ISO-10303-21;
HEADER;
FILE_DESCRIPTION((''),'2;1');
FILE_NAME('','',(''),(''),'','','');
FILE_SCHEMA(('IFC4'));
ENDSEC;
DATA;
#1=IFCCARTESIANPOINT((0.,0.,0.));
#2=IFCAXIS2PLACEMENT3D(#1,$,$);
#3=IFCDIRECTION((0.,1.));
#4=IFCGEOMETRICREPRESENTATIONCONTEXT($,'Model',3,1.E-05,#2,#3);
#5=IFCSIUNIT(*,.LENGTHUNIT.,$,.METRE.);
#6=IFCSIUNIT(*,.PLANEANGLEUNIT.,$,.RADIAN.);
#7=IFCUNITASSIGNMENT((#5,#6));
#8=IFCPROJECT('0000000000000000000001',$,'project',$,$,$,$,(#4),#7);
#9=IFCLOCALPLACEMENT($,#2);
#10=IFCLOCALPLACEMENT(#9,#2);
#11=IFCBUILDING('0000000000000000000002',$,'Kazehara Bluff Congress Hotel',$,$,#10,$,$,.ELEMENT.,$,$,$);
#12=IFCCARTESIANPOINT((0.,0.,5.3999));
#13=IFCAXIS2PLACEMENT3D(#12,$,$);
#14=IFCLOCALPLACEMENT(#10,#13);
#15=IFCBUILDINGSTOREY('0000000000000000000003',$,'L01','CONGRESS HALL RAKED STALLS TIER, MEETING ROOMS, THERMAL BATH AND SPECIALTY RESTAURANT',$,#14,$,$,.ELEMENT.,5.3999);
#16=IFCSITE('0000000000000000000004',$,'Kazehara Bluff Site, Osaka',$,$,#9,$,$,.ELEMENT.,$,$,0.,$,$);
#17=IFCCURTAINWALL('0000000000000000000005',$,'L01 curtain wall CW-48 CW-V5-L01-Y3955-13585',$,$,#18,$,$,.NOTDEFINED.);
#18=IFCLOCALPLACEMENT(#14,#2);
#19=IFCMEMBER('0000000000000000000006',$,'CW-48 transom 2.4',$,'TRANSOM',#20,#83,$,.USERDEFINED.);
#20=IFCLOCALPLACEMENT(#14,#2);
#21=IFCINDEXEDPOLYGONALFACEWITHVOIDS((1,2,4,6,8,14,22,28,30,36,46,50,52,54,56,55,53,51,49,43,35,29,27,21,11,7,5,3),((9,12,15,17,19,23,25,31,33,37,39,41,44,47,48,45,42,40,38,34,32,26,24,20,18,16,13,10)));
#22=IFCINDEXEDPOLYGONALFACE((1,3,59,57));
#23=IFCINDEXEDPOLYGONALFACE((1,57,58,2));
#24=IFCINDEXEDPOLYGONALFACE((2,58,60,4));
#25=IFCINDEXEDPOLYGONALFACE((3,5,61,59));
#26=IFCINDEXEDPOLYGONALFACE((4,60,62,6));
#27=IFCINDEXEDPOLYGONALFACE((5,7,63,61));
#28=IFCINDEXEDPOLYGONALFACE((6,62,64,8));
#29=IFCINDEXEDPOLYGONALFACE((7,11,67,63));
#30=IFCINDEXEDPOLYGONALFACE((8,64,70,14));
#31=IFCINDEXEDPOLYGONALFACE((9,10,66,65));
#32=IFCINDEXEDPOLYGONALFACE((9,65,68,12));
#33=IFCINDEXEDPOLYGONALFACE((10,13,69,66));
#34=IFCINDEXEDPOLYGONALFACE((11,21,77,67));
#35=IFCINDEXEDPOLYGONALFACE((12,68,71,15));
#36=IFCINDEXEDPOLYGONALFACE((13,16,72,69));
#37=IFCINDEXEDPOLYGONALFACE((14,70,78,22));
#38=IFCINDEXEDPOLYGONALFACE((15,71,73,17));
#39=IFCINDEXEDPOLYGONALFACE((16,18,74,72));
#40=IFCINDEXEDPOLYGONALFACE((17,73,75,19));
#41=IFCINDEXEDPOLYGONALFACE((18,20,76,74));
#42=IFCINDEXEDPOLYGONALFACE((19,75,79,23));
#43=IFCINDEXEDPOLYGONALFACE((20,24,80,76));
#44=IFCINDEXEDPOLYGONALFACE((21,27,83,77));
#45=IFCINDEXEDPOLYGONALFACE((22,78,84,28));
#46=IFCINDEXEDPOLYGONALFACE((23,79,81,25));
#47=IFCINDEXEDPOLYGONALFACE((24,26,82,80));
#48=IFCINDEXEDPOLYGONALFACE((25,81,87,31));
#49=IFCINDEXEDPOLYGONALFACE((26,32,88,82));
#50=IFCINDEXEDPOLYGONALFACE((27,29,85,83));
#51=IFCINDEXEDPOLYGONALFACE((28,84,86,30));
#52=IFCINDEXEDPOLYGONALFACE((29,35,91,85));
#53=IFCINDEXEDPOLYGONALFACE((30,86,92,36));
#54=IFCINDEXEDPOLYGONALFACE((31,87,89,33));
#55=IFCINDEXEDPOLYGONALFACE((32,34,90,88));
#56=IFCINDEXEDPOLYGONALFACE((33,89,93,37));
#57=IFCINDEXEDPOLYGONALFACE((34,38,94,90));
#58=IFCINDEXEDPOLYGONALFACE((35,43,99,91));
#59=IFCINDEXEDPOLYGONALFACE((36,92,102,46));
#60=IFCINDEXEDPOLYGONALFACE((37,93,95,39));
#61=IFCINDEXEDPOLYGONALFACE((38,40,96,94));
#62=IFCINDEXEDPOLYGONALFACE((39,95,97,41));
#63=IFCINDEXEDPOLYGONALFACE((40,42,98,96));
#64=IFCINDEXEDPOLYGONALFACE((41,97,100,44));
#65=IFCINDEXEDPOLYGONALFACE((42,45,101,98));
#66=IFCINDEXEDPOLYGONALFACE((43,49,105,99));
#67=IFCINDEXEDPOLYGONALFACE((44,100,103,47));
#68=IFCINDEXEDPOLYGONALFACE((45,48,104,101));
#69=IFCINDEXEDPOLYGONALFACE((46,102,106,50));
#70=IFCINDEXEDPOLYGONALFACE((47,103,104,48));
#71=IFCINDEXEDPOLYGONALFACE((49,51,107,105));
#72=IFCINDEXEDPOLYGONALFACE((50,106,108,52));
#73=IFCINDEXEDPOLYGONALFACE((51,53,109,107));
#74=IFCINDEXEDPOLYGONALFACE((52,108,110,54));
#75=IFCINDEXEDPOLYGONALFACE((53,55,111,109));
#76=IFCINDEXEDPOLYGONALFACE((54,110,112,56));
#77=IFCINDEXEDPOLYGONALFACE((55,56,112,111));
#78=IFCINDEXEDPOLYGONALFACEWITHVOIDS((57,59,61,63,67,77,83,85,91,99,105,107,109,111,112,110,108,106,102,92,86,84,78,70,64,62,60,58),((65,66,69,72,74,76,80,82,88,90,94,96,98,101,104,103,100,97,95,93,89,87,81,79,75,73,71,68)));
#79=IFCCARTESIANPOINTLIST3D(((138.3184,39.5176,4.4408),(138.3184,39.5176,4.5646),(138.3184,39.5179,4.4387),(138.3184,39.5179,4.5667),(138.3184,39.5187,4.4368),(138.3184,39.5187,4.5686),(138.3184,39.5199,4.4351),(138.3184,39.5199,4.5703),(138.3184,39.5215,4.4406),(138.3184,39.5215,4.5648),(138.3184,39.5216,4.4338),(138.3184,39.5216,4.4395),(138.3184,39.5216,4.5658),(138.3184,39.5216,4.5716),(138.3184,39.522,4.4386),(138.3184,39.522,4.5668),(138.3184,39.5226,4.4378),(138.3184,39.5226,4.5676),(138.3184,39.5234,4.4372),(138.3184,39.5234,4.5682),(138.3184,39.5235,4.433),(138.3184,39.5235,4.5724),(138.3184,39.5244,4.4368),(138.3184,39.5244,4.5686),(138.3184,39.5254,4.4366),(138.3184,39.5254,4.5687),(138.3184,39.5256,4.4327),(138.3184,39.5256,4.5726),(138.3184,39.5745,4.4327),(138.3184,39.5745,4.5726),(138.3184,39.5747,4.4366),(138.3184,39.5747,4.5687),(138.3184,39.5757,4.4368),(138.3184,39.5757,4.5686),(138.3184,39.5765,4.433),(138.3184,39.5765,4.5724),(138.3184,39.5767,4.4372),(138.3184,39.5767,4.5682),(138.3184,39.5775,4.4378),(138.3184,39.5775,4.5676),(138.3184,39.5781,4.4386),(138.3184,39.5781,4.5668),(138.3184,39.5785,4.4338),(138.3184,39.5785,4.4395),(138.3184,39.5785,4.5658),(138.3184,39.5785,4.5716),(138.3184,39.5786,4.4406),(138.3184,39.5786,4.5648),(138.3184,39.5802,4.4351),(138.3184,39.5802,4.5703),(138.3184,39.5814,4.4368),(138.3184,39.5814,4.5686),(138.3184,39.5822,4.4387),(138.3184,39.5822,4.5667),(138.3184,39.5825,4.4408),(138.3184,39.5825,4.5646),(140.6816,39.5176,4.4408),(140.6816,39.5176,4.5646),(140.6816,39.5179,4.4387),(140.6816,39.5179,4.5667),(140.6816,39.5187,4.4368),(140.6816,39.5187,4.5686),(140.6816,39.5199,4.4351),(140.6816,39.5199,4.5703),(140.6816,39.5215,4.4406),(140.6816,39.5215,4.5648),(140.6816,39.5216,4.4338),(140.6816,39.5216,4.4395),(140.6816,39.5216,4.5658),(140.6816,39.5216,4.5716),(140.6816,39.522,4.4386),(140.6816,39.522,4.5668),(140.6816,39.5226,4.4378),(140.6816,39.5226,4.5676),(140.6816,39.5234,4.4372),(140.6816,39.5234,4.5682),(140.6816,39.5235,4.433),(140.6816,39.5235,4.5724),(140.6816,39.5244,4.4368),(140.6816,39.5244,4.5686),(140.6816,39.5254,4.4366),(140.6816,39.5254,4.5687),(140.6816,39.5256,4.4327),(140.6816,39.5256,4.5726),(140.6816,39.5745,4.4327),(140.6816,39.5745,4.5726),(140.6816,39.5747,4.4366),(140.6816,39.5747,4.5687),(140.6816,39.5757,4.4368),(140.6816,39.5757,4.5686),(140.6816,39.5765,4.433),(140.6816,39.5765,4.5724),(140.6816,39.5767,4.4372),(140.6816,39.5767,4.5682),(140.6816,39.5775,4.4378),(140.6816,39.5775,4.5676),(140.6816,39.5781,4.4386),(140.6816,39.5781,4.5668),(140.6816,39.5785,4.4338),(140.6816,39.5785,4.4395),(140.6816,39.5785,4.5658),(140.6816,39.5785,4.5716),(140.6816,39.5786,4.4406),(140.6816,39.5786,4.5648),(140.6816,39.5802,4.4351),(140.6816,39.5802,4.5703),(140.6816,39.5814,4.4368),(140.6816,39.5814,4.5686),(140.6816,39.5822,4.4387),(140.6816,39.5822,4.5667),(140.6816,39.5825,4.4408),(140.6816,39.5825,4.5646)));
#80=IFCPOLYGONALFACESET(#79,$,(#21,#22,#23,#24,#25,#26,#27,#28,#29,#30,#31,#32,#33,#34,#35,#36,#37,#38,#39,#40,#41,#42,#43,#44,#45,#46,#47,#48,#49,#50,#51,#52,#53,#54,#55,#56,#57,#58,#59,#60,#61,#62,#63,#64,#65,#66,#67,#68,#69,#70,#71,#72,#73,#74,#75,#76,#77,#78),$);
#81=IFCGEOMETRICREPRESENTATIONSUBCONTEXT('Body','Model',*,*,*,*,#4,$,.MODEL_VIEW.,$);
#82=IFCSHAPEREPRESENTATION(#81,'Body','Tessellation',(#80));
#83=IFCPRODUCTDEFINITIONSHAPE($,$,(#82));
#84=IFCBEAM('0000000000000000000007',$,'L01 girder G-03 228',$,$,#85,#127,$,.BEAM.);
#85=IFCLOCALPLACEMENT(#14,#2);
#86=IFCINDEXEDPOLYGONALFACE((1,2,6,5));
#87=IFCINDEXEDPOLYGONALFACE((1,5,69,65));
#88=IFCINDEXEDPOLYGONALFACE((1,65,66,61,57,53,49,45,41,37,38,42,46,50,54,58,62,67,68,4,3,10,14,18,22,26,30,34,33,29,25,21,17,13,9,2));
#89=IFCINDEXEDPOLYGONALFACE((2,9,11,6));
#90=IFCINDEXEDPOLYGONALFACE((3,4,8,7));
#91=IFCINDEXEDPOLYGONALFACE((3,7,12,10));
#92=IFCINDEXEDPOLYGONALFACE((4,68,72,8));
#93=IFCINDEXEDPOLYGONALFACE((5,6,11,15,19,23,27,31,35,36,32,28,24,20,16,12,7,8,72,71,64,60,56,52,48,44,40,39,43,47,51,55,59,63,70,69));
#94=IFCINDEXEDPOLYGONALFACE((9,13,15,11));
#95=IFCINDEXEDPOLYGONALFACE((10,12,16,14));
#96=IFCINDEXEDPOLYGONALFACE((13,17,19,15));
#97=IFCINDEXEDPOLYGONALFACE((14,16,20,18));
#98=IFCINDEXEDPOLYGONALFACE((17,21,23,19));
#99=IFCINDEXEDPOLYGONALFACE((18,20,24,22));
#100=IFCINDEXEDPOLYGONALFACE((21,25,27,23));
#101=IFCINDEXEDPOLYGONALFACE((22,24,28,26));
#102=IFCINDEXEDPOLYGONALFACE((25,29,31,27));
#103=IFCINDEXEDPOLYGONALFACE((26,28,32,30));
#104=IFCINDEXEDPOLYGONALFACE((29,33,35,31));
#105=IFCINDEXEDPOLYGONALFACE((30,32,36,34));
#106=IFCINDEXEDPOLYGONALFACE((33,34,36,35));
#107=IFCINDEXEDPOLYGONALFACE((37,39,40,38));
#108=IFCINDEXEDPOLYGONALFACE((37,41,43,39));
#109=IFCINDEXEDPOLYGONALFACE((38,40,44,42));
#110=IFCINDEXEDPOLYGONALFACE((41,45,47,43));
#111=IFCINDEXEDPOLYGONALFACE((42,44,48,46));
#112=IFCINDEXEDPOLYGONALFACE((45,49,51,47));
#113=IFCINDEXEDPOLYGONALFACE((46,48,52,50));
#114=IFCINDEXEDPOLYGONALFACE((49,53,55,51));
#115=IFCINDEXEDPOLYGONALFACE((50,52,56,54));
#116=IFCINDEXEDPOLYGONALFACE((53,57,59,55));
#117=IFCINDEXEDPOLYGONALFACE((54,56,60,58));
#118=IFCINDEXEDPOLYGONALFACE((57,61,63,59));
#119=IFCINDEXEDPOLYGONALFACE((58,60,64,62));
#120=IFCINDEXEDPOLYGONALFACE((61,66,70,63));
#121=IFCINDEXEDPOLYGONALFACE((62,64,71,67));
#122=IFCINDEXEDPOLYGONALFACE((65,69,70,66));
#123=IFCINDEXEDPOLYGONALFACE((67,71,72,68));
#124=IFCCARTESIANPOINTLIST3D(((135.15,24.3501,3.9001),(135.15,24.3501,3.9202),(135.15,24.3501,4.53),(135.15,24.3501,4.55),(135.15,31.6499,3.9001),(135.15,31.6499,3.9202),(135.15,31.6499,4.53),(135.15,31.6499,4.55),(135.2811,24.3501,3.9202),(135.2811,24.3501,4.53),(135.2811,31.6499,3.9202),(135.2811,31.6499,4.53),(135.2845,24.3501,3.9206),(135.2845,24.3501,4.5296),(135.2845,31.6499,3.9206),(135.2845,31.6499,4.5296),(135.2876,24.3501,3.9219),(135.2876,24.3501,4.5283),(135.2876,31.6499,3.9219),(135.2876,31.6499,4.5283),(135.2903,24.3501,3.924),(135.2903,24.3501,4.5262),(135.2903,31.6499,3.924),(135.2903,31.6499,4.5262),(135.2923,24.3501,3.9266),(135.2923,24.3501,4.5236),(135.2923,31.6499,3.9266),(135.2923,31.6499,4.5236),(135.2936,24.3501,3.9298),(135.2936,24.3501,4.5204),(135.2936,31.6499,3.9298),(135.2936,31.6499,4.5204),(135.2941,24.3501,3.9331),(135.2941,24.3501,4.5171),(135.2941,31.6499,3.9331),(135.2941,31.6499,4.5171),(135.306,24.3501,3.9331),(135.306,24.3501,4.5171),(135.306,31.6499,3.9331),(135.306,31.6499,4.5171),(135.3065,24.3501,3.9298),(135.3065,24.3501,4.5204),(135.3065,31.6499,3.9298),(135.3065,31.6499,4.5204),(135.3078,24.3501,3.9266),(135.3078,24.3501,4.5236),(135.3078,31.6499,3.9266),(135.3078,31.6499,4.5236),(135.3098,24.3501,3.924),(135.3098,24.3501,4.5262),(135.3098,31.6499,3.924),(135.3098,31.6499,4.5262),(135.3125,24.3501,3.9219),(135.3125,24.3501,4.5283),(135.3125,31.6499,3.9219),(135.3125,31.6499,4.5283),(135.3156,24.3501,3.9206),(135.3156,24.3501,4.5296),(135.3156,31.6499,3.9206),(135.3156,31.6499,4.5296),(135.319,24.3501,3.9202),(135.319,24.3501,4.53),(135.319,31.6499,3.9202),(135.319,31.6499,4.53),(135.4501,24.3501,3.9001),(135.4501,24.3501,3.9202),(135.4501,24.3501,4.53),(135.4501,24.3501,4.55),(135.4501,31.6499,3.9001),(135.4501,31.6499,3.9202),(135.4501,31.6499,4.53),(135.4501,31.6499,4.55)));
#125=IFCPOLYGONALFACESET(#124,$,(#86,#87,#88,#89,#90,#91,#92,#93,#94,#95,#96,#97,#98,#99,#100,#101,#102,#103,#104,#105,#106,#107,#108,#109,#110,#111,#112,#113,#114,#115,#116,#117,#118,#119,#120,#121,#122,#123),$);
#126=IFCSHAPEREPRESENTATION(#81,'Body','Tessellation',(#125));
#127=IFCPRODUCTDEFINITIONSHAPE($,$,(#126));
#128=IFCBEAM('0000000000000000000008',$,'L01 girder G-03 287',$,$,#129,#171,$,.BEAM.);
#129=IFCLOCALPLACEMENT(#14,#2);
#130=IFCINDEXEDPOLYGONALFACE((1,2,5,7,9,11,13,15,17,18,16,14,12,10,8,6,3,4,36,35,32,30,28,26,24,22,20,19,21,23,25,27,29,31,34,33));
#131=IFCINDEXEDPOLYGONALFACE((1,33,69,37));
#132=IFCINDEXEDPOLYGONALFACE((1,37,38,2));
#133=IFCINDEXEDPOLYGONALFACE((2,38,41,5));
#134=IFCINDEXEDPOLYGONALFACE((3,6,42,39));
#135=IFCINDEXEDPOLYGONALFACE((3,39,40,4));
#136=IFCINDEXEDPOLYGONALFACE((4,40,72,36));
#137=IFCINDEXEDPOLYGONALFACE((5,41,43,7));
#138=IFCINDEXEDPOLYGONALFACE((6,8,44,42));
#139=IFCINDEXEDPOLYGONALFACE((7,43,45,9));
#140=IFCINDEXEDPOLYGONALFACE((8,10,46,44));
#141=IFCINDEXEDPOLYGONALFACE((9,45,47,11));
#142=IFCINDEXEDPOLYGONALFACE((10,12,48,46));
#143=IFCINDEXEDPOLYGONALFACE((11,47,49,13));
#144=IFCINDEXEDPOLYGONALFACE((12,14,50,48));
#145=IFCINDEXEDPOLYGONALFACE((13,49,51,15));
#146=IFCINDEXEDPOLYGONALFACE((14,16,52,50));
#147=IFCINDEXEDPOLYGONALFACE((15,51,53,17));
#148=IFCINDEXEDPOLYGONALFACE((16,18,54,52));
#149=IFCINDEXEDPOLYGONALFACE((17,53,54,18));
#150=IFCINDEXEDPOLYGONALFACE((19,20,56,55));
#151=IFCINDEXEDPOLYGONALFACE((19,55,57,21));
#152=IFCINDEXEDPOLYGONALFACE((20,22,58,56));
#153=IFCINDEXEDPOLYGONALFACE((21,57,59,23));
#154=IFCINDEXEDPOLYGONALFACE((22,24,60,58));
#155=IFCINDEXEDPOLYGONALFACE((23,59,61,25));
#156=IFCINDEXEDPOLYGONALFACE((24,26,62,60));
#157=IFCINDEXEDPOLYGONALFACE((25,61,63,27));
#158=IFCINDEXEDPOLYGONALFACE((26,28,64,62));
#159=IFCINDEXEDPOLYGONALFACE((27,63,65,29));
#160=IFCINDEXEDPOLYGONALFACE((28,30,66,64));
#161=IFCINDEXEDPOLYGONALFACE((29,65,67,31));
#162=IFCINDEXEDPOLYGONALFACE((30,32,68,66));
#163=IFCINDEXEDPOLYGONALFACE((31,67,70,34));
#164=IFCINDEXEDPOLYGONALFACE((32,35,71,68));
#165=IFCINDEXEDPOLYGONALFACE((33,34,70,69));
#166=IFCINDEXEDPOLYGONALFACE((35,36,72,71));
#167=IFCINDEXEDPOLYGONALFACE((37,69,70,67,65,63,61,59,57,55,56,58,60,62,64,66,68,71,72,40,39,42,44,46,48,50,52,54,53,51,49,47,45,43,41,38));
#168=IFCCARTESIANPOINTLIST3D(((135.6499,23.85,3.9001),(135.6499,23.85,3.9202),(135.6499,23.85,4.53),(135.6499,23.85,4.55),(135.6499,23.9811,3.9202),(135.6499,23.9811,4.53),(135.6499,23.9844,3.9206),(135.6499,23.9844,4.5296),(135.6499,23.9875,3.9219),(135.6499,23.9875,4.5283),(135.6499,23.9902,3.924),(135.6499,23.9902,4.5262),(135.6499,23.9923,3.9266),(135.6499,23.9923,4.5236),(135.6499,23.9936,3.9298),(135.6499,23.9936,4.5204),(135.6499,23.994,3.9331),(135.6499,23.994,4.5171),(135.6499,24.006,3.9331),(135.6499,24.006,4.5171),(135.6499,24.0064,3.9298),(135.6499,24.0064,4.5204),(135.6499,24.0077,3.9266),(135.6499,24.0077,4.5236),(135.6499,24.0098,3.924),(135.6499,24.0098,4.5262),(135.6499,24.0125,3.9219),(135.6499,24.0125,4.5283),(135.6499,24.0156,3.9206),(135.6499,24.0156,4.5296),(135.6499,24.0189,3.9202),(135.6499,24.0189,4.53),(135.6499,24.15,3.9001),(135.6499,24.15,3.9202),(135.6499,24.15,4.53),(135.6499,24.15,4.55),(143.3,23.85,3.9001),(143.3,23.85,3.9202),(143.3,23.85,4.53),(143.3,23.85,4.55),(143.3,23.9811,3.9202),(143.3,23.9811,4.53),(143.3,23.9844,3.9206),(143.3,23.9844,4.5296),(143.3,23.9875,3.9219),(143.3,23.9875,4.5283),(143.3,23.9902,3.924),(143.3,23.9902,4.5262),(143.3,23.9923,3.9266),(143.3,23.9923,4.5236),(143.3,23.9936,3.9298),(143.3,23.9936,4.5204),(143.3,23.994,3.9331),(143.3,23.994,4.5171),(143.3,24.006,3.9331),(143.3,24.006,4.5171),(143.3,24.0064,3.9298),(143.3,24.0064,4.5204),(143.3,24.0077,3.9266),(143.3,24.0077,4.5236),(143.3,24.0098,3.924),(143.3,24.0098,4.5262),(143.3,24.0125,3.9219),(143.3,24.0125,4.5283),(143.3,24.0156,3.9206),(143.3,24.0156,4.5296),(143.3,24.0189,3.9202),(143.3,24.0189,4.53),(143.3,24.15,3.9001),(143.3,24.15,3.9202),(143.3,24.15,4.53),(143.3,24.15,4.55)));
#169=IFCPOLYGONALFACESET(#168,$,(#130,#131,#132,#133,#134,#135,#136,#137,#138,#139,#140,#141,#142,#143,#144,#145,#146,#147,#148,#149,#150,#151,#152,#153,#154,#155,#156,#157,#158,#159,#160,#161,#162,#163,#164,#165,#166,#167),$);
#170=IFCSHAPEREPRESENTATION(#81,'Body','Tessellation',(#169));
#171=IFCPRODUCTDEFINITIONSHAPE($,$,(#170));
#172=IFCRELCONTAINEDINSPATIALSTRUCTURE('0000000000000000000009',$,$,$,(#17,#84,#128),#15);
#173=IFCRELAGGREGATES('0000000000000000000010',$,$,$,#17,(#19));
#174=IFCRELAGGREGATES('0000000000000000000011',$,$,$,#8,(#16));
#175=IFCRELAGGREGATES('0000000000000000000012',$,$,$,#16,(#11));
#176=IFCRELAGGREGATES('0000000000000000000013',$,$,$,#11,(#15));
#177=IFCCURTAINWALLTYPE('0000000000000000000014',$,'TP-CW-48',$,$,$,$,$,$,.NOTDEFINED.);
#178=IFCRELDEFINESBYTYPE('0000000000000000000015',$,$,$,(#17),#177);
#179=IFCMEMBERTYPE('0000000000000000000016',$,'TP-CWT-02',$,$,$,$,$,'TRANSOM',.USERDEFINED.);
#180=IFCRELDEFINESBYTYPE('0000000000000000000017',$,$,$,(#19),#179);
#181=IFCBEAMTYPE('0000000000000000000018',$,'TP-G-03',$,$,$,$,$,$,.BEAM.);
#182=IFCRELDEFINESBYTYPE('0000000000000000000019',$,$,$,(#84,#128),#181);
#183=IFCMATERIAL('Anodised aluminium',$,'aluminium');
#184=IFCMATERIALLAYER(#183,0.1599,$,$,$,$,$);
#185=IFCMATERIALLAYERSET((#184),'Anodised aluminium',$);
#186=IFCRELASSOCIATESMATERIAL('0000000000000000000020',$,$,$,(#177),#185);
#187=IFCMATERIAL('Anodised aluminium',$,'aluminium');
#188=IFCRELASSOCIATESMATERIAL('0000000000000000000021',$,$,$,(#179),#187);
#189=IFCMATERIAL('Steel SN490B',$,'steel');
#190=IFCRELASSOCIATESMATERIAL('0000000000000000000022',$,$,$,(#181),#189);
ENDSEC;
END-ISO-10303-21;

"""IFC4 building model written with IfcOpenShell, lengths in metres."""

from ifc_helpers import new_model, si_unit, direction, frame, origin, origin_2d, place, context, subcontext, project, spatial, hollow_rectangle, i_section, extrude, material, layer, layer_set, material_profile, profile_set, type_object, element, aggregate, save


model = new_model("IFC4")

# Units and contexts
model_context = context("Model", 3, precision=1e-05, world=origin(), true_north=direction((0.0, 1.0)))
body_context = subcontext(model_context, "Body", "Model", "MODEL_VIEW")
ifc_project = project(units=[si_unit("LENGTHUNIT", "METRE"), si_unit("PLANEANGLEUNIT", "RADIAN")], contexts=[model_context])

# Site, building, storey
site_placement = place(None, origin())
site = spatial("IfcSite", under=ifc_project, at=site_placement, Name="Kazehara Bluff Site, Osaka", CompositionType="ELEMENT", RefElevation=0.0)
building_placement = place(site_placement, origin())
building = spatial("IfcBuilding", under=site, at=building_placement, Name="Kazehara Bluff Congress Hotel", CompositionType="ELEMENT")
storey_placement = place(building_placement, frame((0.0, 0.0, 5.3999)))
storey = spatial("IfcBuildingStorey", under=building, at=storey_placement, Name="L01", Description="CONGRESS HALL RAKED STALLS TIER, MEETING ROOMS, THERMAL BATH AND SPECIALTY RESTAURANT", CompositionType="ELEMENT", Elevation=5.3999)

# Shared definitions
ifc_material_1 = material(Name="Anodised aluminium", Category="aluminium")
ifc_layer_1 = layer(ifc_material_1, 0.1599)
ifc_layer_set_1 = layer_set([ifc_layer_1], Name="Anodised aluminium")
curtain_wall_type = type_object("IfcCurtainWallType", Name="TP-CW-48", PredefinedType="NOTDEFINED", material=ifc_layer_set_1)

# Curtain wall
curtain_wall_1_placement = place(storey_placement, origin())
curtain_wall_1 = element("IfcCurtainWall", 1, at=curtain_wall_1_placement, inside=storey, type_object=curtain_wall_type, Name="L01 curtain wall CW-48 CW-V5-L01-Y3955-13585", PredefinedType="NOTDEFINED")

# Member
ifc_material_2 = material(Name="Anodised aluminium", Category="aluminium")
ifc_material_profile_1 = material_profile(ifc_material_2, hollow_rectangle(XDim=0.0649, YDim=0.1399, WallThickness=0.0039, InnerFilletRadius=0.0039, OuterFilletRadius=0.0081, at=origin_2d()))
ifc_profile_set_1 = profile_set([ifc_material_profile_1], Name="Anodised aluminium")
member_type_1 = type_object("IfcMemberType", Name="TP-CWT-02", ElementType="TRANSOM", PredefinedType="USERDEFINED", material=ifc_profile_set_1)
member_1_placement = place(storey_placement, frame((138.3184, 39.55, 4.5027), z_axis=(1.0, 0.0, 0.0), x_axis=(0.0, 1.0, 0.0)))
member_1 = element("IfcMember", 2, at=member_1_placement, type_object=member_type_1, Name="CW-48 transom 2.4", ObjectType="TRANSOM", PredefinedType="USERDEFINED", context=body_context, shape_type="SweptSolid", body=[
    extrude(hollow_rectangle(XDim=0.0649, YDim=0.1399, WallThickness=0.0039, InnerFilletRadius=0.0039, OuterFilletRadius=0.0081, at=origin_2d()), origin(), (0.0, 0.0, 1.0), 2.3633),
])

# Beams
ifc_material_3 = material(Name="Steel SN490B", Category="steel")
ifc_material_profile_2 = material_profile(ifc_material_3, i_section(OverallWidth=0.3, OverallDepth=0.6499, WebThickness=0.012, FlangeThickness=0.02, FilletRadius=0.0129, at=origin_2d()))
ifc_profile_set_2 = profile_set([ifc_material_profile_2], Name="Steel SN490B")
beam_type_1 = type_object("IfcBeamType", Name="TP-G-03", PredefinedType="BEAM", material=ifc_profile_set_2)
beam_placement = place(storey_placement, frame((135.3, 24.3501, 4.2251), z_axis=(0.0, 1.0, 0.0), x_axis=(-1.0, 0.0, 0.0)))
element("IfcBeam", 3, at=beam_placement, inside=storey, type_object=beam_type_1, Name="L01 girder G-03 228", PredefinedType="BEAM", context=body_context, shape_type="SweptSolid", body=[
    extrude(i_section(OverallWidth=0.3, OverallDepth=0.6499, WebThickness=0.012, FlangeThickness=0.02, FilletRadius=0.0129, at=origin_2d()), origin(), (0.0, 0.0, 1.0), 7.2998),
])
for number, where, z_axis, x_axis, name in (
    (4, (135.6499, 24.0, 4.2251), (1.0, 0.0, 0.0), (0.0, 1.0, 0.0), "L01 girder G-03 287"),
):
    element("IfcBeam", number, at=place(storey_placement, frame(where, z_axis=z_axis, x_axis=x_axis)), inside=storey, type_object=beam_type_1, Name=name, PredefinedType="BEAM", context=body_context, shape_type="SweptSolid", body=[
        extrude(i_section(OverallWidth=0.3, OverallDepth=0.6499, WebThickness=0.012, FlangeThickness=0.02, FilletRadius=0.0129, at=origin_2d()), origin(), (0.0, 0.0, 1.0), 7.6501),
    ])

aggregate(curtain_wall_1, [member_1])

save(model, "model.ifc")
